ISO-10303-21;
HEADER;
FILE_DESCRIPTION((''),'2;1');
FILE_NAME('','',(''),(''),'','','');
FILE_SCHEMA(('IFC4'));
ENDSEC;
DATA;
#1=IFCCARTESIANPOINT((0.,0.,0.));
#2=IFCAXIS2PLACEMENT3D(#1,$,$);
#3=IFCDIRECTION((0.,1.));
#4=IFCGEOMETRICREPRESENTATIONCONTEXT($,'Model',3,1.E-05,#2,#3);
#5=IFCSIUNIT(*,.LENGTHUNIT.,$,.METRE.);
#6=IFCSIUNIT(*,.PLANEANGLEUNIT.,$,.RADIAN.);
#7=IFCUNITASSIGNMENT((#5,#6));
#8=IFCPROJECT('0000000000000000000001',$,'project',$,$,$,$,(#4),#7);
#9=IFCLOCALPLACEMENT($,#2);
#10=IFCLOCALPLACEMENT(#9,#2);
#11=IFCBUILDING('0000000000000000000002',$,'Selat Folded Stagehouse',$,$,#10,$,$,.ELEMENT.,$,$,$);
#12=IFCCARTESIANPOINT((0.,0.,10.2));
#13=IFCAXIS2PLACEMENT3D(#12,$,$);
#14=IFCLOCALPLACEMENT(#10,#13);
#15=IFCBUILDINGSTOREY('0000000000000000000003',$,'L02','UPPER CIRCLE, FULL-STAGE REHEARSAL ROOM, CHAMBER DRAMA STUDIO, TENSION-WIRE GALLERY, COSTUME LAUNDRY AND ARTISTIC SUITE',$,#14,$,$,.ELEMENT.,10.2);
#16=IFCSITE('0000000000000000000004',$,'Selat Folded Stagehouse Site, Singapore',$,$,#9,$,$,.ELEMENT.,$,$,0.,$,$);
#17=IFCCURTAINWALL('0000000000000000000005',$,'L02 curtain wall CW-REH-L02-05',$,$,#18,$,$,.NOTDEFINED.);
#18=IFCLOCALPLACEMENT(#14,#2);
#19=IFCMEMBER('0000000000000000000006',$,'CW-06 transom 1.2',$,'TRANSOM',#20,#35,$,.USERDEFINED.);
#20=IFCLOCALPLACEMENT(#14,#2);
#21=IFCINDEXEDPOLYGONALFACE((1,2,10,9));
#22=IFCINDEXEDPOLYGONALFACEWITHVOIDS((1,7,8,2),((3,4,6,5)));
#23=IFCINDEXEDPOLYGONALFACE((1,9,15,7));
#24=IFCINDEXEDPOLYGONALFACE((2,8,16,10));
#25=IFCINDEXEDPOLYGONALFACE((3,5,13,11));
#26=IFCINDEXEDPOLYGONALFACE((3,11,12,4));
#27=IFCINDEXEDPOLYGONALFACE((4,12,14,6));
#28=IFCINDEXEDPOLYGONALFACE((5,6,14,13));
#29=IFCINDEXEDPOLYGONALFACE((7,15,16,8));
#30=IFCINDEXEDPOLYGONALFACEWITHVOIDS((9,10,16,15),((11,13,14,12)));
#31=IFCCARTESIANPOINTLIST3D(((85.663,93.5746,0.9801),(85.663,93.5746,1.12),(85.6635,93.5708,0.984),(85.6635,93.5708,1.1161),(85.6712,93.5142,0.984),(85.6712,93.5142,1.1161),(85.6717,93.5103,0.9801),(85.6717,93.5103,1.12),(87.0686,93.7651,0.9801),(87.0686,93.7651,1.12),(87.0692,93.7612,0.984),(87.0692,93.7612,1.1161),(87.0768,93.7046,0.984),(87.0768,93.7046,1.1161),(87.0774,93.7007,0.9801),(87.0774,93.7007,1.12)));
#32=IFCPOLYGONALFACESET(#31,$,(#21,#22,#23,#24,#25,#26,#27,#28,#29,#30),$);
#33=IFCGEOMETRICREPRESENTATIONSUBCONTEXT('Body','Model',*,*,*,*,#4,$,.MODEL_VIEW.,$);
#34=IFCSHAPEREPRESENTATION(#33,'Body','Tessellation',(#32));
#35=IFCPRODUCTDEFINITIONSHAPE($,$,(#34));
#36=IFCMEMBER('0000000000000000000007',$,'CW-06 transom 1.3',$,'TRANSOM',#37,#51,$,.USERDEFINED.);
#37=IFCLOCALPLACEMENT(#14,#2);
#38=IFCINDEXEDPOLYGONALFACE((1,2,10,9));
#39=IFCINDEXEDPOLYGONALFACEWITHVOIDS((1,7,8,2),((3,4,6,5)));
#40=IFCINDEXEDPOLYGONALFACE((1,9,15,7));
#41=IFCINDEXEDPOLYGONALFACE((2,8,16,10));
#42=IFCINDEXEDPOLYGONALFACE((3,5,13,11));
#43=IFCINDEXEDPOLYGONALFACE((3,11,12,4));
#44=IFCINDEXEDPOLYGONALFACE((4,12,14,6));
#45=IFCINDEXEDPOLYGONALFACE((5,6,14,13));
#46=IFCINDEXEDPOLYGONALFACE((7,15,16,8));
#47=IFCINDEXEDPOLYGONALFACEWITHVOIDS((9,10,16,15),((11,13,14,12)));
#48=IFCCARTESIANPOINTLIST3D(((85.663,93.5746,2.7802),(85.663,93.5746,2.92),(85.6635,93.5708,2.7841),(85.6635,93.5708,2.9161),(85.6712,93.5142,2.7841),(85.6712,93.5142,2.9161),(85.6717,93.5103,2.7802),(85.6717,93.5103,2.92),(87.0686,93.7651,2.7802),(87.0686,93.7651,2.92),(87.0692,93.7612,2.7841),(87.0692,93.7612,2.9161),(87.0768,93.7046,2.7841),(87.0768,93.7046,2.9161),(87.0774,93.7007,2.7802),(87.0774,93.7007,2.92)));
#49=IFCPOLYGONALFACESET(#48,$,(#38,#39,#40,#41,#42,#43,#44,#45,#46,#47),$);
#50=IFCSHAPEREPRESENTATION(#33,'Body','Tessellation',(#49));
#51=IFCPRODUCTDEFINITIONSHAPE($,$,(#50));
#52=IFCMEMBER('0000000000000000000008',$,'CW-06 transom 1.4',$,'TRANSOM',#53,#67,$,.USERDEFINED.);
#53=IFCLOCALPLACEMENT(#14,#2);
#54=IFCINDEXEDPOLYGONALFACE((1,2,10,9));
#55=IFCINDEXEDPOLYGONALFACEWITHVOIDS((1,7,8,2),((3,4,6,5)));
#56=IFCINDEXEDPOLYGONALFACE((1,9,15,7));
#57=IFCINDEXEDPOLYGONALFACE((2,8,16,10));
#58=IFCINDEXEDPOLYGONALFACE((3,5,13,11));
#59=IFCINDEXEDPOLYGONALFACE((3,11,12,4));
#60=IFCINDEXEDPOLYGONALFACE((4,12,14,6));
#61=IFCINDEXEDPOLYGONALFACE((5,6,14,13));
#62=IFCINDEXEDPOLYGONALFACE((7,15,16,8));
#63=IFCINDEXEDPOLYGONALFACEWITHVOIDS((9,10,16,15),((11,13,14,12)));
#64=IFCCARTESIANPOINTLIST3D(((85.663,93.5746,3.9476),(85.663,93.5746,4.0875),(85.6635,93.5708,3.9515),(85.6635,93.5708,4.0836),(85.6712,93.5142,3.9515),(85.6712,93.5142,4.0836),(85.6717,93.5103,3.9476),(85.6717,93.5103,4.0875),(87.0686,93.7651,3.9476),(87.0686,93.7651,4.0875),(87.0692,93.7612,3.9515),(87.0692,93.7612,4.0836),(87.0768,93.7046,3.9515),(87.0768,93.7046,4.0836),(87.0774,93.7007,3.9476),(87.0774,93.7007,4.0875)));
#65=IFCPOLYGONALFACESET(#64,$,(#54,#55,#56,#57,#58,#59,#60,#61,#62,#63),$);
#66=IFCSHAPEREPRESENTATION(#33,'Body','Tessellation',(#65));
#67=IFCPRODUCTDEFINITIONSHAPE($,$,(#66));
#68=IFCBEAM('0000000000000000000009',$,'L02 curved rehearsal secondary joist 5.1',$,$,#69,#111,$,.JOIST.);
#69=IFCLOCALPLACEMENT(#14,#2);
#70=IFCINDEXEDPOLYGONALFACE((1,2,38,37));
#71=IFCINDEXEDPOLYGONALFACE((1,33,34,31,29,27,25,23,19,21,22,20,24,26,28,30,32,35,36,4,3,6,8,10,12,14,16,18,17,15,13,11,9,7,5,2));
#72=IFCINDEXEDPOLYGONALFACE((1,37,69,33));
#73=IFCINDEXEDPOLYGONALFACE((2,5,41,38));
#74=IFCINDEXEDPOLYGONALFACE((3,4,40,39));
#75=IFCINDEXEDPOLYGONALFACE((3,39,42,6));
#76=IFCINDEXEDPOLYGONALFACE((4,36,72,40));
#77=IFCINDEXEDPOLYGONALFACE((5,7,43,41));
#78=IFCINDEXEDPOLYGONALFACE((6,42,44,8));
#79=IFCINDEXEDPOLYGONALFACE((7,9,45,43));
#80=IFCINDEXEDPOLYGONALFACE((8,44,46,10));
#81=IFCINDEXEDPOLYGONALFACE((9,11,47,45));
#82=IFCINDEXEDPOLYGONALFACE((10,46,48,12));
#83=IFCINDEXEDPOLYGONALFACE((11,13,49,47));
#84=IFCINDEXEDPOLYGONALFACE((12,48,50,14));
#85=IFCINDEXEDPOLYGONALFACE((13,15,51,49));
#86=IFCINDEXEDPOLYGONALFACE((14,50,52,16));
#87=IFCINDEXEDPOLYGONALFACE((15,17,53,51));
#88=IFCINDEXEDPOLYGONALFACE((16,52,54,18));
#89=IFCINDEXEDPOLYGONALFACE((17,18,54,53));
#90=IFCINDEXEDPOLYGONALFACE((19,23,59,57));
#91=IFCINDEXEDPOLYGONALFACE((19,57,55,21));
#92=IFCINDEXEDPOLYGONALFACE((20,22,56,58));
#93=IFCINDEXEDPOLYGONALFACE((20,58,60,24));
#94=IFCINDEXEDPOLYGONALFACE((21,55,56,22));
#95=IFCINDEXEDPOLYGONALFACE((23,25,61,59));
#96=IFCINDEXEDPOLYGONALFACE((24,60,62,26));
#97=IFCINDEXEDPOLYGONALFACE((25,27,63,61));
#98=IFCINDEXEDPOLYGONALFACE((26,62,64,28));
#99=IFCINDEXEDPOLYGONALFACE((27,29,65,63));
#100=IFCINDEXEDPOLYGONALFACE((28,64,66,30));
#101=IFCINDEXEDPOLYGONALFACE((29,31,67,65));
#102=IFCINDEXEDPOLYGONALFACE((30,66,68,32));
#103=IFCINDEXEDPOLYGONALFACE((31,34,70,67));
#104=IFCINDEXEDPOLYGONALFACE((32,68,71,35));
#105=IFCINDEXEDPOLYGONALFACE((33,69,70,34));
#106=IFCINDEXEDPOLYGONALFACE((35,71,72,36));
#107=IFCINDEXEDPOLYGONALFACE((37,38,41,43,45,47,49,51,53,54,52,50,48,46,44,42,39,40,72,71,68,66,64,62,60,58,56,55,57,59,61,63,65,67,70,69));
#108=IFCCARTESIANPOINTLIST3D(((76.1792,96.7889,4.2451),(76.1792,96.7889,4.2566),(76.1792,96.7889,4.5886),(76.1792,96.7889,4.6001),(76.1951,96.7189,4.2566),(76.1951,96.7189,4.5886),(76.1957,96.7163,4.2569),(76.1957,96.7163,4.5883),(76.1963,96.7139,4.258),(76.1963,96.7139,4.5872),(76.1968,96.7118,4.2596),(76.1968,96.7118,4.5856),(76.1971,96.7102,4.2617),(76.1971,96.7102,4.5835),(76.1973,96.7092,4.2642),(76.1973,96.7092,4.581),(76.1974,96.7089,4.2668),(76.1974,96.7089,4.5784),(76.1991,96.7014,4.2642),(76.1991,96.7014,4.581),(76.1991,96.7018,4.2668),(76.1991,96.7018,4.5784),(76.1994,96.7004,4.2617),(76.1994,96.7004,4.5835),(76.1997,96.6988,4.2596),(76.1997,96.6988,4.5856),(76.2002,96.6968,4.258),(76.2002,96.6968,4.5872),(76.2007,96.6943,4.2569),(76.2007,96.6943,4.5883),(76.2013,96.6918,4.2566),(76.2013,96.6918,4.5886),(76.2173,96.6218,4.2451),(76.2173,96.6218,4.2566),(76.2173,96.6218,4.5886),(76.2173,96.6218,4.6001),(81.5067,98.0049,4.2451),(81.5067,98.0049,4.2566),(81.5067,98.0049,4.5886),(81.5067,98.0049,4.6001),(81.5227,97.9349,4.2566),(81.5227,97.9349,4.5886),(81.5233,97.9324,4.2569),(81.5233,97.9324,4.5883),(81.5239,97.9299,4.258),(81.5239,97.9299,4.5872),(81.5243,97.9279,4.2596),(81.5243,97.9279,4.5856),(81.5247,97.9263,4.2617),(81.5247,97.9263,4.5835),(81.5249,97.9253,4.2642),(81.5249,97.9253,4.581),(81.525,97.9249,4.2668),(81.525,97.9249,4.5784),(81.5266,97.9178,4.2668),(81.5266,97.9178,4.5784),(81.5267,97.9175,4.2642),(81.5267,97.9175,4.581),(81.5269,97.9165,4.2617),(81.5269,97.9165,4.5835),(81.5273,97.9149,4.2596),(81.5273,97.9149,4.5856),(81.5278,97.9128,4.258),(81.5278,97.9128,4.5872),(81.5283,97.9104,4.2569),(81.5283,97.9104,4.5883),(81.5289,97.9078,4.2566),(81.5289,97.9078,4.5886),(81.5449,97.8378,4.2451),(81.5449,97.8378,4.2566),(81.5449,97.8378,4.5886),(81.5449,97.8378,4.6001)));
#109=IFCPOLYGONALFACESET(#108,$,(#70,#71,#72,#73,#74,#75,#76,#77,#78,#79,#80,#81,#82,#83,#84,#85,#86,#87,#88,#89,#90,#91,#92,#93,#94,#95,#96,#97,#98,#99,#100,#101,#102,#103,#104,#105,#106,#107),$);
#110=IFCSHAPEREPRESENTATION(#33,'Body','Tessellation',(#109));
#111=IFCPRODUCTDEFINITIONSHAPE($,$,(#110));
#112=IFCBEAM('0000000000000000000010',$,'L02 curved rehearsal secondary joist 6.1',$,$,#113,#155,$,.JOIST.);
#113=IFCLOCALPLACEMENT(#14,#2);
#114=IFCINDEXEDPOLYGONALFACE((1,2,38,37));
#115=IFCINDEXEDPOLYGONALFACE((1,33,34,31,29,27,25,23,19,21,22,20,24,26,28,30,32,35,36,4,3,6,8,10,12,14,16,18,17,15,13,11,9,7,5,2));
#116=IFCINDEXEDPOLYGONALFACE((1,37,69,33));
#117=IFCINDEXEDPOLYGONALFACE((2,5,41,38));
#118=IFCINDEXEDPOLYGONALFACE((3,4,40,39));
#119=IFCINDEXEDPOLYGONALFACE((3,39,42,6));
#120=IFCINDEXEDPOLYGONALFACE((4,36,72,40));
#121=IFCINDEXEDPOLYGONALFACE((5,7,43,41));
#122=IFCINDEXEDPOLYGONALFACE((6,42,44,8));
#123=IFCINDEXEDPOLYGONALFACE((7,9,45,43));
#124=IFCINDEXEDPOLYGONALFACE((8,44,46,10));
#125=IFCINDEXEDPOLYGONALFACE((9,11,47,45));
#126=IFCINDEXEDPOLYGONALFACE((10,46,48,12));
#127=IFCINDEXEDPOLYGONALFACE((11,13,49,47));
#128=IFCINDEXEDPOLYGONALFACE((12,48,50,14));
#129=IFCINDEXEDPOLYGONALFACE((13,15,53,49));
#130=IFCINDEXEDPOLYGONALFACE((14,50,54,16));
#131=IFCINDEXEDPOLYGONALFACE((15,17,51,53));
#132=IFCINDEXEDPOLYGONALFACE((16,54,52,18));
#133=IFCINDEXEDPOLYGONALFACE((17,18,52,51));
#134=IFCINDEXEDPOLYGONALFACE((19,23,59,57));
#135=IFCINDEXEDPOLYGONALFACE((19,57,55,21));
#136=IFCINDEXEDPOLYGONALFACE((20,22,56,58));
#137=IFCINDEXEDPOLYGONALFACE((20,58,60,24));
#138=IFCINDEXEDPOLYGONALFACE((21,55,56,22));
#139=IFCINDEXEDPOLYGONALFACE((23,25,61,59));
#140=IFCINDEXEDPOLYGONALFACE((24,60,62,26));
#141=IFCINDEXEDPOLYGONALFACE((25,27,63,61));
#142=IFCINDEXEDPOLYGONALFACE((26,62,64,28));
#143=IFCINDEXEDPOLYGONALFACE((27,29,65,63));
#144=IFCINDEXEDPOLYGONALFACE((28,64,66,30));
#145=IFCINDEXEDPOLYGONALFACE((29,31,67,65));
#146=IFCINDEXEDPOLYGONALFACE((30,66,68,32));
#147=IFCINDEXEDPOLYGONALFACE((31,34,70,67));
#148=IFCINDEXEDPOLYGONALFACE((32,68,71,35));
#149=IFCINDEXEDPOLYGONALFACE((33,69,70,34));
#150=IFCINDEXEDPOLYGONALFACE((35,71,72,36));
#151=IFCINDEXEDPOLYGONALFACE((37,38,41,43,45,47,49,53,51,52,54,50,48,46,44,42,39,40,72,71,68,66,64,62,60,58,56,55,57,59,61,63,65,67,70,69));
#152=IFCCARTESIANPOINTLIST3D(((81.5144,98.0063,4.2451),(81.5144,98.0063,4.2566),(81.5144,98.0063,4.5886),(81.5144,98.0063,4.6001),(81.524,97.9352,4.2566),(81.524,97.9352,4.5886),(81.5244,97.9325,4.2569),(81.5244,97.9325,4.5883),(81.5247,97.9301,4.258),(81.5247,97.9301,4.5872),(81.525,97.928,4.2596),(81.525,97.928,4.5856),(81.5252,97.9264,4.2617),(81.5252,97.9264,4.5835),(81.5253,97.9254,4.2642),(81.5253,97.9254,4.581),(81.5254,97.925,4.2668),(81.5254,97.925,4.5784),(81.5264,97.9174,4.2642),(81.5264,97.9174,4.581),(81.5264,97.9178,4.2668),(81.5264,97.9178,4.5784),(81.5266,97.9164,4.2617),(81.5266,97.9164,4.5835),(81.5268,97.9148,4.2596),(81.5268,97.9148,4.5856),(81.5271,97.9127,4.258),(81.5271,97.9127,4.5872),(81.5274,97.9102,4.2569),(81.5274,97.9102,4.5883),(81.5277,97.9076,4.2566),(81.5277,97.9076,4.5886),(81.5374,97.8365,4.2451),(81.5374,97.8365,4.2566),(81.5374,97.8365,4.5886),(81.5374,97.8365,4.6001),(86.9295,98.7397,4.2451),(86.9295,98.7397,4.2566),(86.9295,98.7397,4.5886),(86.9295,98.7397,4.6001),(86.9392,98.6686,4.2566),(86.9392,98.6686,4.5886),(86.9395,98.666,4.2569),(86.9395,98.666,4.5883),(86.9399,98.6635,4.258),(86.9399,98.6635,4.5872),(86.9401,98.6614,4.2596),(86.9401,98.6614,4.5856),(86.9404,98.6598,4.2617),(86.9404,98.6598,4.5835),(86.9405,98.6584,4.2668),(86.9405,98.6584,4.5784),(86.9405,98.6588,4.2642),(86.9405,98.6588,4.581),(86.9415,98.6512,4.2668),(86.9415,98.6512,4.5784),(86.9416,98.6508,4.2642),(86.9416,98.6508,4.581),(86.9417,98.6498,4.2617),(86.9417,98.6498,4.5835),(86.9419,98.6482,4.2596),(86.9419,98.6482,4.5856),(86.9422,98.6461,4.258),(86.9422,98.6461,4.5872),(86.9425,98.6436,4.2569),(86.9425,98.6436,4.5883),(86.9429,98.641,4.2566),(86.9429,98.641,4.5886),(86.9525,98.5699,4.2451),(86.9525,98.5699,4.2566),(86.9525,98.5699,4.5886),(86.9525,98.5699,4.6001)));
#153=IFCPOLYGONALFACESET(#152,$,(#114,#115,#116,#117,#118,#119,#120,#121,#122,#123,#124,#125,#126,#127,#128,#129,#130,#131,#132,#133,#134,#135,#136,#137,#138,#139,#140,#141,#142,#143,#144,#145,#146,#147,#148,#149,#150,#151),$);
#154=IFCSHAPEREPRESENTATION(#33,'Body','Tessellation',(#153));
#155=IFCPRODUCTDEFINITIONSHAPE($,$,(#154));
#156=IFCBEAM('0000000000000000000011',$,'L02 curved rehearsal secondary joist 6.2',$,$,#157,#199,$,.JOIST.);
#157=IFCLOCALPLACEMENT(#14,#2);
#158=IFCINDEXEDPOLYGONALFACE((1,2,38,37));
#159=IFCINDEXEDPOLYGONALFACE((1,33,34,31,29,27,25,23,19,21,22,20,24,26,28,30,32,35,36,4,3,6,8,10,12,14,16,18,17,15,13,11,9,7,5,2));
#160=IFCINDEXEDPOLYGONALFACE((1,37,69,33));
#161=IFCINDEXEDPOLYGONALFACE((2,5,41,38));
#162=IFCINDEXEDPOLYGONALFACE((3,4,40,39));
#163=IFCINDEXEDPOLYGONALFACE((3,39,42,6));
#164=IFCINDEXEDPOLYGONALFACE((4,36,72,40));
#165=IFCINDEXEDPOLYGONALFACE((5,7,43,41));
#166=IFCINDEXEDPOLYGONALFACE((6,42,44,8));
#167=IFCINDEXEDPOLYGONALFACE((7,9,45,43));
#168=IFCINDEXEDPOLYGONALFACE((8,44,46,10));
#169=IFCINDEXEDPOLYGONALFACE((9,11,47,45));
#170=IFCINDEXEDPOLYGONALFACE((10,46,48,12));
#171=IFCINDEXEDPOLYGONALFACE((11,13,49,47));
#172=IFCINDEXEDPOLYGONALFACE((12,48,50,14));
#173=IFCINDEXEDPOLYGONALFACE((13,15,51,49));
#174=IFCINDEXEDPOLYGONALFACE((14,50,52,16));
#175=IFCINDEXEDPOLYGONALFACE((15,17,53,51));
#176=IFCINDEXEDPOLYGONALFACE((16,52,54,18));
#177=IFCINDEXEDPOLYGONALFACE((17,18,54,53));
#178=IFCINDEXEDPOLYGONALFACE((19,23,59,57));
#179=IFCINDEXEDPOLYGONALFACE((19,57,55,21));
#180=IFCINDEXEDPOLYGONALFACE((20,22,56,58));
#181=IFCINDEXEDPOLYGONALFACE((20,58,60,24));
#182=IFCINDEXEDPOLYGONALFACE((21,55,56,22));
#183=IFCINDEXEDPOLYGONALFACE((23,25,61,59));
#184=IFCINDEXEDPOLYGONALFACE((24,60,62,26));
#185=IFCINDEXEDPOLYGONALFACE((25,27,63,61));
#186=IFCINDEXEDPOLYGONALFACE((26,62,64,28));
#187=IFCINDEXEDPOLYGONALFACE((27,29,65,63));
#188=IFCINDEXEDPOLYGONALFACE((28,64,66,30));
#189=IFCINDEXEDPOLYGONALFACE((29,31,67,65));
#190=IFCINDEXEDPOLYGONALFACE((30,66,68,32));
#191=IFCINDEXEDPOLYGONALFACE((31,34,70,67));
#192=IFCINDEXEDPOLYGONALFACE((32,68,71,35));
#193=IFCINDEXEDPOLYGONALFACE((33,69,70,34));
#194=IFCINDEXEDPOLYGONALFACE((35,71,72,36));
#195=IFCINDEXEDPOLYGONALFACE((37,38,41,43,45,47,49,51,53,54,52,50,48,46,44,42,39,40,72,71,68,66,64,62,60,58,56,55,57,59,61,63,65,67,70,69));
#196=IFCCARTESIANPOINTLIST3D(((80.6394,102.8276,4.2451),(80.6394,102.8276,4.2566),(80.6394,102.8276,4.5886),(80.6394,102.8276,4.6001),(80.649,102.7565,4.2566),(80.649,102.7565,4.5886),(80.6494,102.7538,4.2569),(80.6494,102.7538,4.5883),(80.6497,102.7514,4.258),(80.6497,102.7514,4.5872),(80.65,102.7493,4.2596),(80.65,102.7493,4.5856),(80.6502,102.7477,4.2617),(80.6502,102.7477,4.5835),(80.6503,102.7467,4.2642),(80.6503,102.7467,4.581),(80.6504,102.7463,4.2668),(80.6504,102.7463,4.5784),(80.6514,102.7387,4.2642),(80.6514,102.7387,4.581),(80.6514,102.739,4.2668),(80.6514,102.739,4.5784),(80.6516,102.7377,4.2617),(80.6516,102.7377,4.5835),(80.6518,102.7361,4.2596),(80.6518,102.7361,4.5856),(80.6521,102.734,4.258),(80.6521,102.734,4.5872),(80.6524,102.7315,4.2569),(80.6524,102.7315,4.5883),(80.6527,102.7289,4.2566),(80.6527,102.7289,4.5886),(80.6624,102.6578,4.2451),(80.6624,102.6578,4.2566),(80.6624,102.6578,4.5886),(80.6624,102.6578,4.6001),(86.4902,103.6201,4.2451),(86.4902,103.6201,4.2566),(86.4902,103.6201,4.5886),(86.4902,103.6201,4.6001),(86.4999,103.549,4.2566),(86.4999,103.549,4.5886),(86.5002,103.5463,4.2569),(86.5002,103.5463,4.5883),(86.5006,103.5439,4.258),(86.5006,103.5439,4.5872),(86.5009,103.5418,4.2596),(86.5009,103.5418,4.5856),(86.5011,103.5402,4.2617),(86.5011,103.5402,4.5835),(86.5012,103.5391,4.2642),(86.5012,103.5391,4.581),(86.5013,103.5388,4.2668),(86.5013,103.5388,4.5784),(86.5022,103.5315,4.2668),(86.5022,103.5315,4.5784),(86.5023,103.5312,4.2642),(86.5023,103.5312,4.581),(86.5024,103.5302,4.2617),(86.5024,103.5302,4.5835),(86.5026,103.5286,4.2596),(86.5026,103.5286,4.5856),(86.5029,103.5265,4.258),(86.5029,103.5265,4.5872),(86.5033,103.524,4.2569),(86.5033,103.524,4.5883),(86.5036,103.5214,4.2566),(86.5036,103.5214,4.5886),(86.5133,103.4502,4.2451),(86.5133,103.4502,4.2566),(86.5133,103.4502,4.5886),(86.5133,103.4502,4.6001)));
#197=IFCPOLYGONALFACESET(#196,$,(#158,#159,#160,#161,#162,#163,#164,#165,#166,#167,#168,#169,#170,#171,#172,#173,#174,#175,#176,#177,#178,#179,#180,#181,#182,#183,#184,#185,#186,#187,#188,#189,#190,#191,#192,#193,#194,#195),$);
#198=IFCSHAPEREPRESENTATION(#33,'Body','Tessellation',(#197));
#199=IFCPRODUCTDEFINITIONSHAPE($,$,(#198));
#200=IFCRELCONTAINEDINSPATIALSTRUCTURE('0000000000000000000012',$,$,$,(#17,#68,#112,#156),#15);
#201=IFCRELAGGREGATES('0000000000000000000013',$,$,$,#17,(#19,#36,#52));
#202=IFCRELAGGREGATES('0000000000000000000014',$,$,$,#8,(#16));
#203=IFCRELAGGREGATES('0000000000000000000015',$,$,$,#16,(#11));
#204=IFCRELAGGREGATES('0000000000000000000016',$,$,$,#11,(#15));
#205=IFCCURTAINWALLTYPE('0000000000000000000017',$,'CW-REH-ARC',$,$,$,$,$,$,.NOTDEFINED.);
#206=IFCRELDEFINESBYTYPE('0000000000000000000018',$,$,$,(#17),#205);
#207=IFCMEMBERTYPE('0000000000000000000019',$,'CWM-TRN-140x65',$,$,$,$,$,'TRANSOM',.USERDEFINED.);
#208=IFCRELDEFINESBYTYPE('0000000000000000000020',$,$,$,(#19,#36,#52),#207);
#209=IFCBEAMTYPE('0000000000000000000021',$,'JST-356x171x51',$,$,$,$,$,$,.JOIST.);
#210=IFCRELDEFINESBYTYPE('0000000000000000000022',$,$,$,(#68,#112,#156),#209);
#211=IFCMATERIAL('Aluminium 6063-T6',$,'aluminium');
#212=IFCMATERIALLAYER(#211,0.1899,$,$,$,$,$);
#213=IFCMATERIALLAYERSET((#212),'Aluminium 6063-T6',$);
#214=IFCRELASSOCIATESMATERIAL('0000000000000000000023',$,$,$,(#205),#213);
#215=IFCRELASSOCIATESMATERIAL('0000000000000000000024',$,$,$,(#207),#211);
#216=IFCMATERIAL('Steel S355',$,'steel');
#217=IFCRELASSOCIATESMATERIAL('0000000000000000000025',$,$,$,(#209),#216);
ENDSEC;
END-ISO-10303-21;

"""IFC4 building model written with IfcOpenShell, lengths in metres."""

from ifc_helpers import new_model, si_unit, direction, frame, origin, origin_2d, place, context, subcontext, project, spatial, hollow_rectangle, i_section, extrude, material, layer, layer_set, material_profile, profile_set, type_object, element, aggregate, save


model = new_model("IFC4")

# Units and contexts
model_context = context("Model", 3, precision=1e-05, world=origin(), true_north=direction((0.0, 1.0)))
body_context = subcontext(model_context, "Body", "Model", "MODEL_VIEW")
ifc_project = project(units=[si_unit("LENGTHUNIT", "METRE"), si_unit("PLANEANGLEUNIT", "RADIAN")], contexts=[model_context])

# Site, building, storey
site_placement = place(None, origin())
site = spatial("IfcSite", under=ifc_project, at=site_placement, Name="Selat Folded Stagehouse Site, Singapore", CompositionType="ELEMENT", RefElevation=0.0)
building_placement = place(site_placement, origin())
building = spatial("IfcBuilding", under=site, at=building_placement, Name="Selat Folded Stagehouse", CompositionType="ELEMENT")
storey_placement = place(building_placement, frame((0.0, 0.0, 10.2)))
storey = spatial("IfcBuildingStorey", under=building, at=storey_placement, Name="L02", Description="UPPER CIRCLE, FULL-STAGE REHEARSAL ROOM, CHAMBER DRAMA STUDIO, TENSION-WIRE GALLERY, COSTUME LAUNDRY AND ARTISTIC SUITE", CompositionType="ELEMENT", Elevation=10.2)

# Shared definitions
ifc_material_1 = material(Name="Steel S355", Category="steel")

# Curtain wall, members
ifc_material_2 = material(Name="Aluminium 6063-T6", Category="aluminium")
ifc_layer_1 = layer(ifc_material_2, 0.1899)
ifc_layer_set_1 = layer_set([ifc_layer_1], Name="Aluminium 6063-T6")
curtain_wall_type = type_object("IfcCurtainWallType", Name="CW-REH-ARC", PredefinedType="NOTDEFINED", material=ifc_layer_set_1)
curtain_wall_placement = place(storey_placement, origin())
curtain_wall = element("IfcCurtainWall", 1, at=curtain_wall_placement, inside=storey, type_object=curtain_wall_type, Name="L02 curtain wall CW-REH-L02-05", PredefinedType="NOTDEFINED")
ifc_material_profile_1 = material_profile(ifc_material_2, hollow_rectangle(XDim=0.0649, YDim=0.1399, WallThickness=0.0039, at=origin_2d()), Name="ALU 140x65x4.0")
ifc_profile_set_1 = profile_set([ifc_material_profile_1], Name="Aluminium 6063-T6")
member_type_1 = type_object("IfcMemberType", Name="CWM-TRN-140x65", ElementType="TRANSOM", PredefinedType="USERDEFINED", material=ifc_profile_set_1)
member_1_placement = place(storey_placement, frame((87.073, 93.7329, 1.05), z_axis=(-0.990946, -0.134261, 0.0), x_axis=(0.134261, -0.990946, 0.0)))
member_1 = element("IfcMember", 2, at=member_1_placement, type_object=member_type_1, Name="CW-06 transom 1.2", ObjectType="TRANSOM", PredefinedType="USERDEFINED", context=body_context, shape_type="SweptSolid", body=[
    extrude(hollow_rectangle(XDim=0.0649, YDim=0.1399, WallThickness=0.0039, at=origin_2d()), origin(), (0.0, 0.0, 1.0), 1.4185),
])
member_2_placement = place(storey_placement, frame((87.073, 93.7329, 2.8501), z_axis=(-0.990946, -0.134261, 0.0), x_axis=(0.134261, -0.990946, 0.0)))
member_2 = element("IfcMember", 3, at=member_2_placement, type_object=member_type_1, Name="CW-06 transom 1.3", ObjectType="TRANSOM", PredefinedType="USERDEFINED", context=body_context, shape_type="SweptSolid", body=[
    extrude(hollow_rectangle(XDim=0.0649, YDim=0.1399, WallThickness=0.0039, at=origin_2d()), origin(), (0.0, 0.0, 1.0), 1.4185),
])
member_3_placement = place(storey_placement, frame((87.073, 93.7329, 4.0176), z_axis=(-0.990946, -0.134261, 0.0), x_axis=(0.134261, -0.990946, 0.0)))
member_3 = element("IfcMember", 4, at=member_3_placement, type_object=member_type_1, Name="CW-06 transom 1.4", ObjectType="TRANSOM", PredefinedType="USERDEFINED", context=body_context, shape_type="SweptSolid", body=[
    extrude(hollow_rectangle(XDim=0.0649, YDim=0.1399, WallThickness=0.0039, at=origin_2d()), origin(), (0.0, 0.0, 1.0), 1.4185),
])

# Beams
ifc_material_profile_2 = material_profile(ifc_material_1, i_section(OverallWidth=0.1714, OverallDepth=0.355, WebThickness=0.0073, FlangeThickness=0.0115, FilletRadius=0.0103, at=origin_2d()), Name="UKB 356x171x51")
ifc_profile_set_2 = profile_set([ifc_material_profile_2], Name="Steel S355")
beam_type_1 = type_object("IfcBeamType", Name="JST-356x171x51", PredefinedType="JOIST", material=ifc_profile_set_2)
for number, where, z_axis, x_axis, name in (
    (5, (76.1982, 96.7053, 4.4226), (0.974925, 0.222532, 0.0), (-0.222532, 0.974925, 0.0), "L02 curved rehearsal secondary joist 5.1"),
    (6, (81.5259, 97.9214, 4.4226), (0.990953, 0.134212, 0.0), (-0.134212, 0.990953, 0.0), "L02 curved rehearsal secondary joist 6.1"),
):
    element("IfcBeam", number, at=place(storey_placement, frame(where, z_axis=z_axis, x_axis=x_axis)), inside=storey, type_object=beam_type_1, Name=name, PredefinedType="JOIST", context=body_context, shape_type="SweptSolid", body=[
        extrude(i_section(OverallWidth=0.1714, OverallDepth=0.355, WebThickness=0.0073, FlangeThickness=0.0115, FilletRadius=0.0103, at=origin_2d()), origin(), (0.0, 0.0, 1.0), 5.4646),
    ])
beam_1_placement = place(storey_placement, frame((80.6509, 102.7427, 4.4226), z_axis=(0.990951, 0.134222, 0.0), x_axis=(-0.134222, 0.990951, 0.0)))
element("IfcBeam", 7, at=beam_1_placement, inside=storey, type_object=beam_type_1, Name="L02 curved rehearsal secondary joist 6.2", PredefinedType="JOIST", context=body_context, shape_type="SweptSolid", body=[
    extrude(i_section(OverallWidth=0.1714, OverallDepth=0.355, WebThickness=0.0073, FlangeThickness=0.0115, FilletRadius=0.0103, at=origin_2d()), origin(), (0.0, 0.0, 1.0), 5.9043),
])

aggregate(curtain_wall, [member_1, member_2, member_3])

save(model, "model.ifc")
